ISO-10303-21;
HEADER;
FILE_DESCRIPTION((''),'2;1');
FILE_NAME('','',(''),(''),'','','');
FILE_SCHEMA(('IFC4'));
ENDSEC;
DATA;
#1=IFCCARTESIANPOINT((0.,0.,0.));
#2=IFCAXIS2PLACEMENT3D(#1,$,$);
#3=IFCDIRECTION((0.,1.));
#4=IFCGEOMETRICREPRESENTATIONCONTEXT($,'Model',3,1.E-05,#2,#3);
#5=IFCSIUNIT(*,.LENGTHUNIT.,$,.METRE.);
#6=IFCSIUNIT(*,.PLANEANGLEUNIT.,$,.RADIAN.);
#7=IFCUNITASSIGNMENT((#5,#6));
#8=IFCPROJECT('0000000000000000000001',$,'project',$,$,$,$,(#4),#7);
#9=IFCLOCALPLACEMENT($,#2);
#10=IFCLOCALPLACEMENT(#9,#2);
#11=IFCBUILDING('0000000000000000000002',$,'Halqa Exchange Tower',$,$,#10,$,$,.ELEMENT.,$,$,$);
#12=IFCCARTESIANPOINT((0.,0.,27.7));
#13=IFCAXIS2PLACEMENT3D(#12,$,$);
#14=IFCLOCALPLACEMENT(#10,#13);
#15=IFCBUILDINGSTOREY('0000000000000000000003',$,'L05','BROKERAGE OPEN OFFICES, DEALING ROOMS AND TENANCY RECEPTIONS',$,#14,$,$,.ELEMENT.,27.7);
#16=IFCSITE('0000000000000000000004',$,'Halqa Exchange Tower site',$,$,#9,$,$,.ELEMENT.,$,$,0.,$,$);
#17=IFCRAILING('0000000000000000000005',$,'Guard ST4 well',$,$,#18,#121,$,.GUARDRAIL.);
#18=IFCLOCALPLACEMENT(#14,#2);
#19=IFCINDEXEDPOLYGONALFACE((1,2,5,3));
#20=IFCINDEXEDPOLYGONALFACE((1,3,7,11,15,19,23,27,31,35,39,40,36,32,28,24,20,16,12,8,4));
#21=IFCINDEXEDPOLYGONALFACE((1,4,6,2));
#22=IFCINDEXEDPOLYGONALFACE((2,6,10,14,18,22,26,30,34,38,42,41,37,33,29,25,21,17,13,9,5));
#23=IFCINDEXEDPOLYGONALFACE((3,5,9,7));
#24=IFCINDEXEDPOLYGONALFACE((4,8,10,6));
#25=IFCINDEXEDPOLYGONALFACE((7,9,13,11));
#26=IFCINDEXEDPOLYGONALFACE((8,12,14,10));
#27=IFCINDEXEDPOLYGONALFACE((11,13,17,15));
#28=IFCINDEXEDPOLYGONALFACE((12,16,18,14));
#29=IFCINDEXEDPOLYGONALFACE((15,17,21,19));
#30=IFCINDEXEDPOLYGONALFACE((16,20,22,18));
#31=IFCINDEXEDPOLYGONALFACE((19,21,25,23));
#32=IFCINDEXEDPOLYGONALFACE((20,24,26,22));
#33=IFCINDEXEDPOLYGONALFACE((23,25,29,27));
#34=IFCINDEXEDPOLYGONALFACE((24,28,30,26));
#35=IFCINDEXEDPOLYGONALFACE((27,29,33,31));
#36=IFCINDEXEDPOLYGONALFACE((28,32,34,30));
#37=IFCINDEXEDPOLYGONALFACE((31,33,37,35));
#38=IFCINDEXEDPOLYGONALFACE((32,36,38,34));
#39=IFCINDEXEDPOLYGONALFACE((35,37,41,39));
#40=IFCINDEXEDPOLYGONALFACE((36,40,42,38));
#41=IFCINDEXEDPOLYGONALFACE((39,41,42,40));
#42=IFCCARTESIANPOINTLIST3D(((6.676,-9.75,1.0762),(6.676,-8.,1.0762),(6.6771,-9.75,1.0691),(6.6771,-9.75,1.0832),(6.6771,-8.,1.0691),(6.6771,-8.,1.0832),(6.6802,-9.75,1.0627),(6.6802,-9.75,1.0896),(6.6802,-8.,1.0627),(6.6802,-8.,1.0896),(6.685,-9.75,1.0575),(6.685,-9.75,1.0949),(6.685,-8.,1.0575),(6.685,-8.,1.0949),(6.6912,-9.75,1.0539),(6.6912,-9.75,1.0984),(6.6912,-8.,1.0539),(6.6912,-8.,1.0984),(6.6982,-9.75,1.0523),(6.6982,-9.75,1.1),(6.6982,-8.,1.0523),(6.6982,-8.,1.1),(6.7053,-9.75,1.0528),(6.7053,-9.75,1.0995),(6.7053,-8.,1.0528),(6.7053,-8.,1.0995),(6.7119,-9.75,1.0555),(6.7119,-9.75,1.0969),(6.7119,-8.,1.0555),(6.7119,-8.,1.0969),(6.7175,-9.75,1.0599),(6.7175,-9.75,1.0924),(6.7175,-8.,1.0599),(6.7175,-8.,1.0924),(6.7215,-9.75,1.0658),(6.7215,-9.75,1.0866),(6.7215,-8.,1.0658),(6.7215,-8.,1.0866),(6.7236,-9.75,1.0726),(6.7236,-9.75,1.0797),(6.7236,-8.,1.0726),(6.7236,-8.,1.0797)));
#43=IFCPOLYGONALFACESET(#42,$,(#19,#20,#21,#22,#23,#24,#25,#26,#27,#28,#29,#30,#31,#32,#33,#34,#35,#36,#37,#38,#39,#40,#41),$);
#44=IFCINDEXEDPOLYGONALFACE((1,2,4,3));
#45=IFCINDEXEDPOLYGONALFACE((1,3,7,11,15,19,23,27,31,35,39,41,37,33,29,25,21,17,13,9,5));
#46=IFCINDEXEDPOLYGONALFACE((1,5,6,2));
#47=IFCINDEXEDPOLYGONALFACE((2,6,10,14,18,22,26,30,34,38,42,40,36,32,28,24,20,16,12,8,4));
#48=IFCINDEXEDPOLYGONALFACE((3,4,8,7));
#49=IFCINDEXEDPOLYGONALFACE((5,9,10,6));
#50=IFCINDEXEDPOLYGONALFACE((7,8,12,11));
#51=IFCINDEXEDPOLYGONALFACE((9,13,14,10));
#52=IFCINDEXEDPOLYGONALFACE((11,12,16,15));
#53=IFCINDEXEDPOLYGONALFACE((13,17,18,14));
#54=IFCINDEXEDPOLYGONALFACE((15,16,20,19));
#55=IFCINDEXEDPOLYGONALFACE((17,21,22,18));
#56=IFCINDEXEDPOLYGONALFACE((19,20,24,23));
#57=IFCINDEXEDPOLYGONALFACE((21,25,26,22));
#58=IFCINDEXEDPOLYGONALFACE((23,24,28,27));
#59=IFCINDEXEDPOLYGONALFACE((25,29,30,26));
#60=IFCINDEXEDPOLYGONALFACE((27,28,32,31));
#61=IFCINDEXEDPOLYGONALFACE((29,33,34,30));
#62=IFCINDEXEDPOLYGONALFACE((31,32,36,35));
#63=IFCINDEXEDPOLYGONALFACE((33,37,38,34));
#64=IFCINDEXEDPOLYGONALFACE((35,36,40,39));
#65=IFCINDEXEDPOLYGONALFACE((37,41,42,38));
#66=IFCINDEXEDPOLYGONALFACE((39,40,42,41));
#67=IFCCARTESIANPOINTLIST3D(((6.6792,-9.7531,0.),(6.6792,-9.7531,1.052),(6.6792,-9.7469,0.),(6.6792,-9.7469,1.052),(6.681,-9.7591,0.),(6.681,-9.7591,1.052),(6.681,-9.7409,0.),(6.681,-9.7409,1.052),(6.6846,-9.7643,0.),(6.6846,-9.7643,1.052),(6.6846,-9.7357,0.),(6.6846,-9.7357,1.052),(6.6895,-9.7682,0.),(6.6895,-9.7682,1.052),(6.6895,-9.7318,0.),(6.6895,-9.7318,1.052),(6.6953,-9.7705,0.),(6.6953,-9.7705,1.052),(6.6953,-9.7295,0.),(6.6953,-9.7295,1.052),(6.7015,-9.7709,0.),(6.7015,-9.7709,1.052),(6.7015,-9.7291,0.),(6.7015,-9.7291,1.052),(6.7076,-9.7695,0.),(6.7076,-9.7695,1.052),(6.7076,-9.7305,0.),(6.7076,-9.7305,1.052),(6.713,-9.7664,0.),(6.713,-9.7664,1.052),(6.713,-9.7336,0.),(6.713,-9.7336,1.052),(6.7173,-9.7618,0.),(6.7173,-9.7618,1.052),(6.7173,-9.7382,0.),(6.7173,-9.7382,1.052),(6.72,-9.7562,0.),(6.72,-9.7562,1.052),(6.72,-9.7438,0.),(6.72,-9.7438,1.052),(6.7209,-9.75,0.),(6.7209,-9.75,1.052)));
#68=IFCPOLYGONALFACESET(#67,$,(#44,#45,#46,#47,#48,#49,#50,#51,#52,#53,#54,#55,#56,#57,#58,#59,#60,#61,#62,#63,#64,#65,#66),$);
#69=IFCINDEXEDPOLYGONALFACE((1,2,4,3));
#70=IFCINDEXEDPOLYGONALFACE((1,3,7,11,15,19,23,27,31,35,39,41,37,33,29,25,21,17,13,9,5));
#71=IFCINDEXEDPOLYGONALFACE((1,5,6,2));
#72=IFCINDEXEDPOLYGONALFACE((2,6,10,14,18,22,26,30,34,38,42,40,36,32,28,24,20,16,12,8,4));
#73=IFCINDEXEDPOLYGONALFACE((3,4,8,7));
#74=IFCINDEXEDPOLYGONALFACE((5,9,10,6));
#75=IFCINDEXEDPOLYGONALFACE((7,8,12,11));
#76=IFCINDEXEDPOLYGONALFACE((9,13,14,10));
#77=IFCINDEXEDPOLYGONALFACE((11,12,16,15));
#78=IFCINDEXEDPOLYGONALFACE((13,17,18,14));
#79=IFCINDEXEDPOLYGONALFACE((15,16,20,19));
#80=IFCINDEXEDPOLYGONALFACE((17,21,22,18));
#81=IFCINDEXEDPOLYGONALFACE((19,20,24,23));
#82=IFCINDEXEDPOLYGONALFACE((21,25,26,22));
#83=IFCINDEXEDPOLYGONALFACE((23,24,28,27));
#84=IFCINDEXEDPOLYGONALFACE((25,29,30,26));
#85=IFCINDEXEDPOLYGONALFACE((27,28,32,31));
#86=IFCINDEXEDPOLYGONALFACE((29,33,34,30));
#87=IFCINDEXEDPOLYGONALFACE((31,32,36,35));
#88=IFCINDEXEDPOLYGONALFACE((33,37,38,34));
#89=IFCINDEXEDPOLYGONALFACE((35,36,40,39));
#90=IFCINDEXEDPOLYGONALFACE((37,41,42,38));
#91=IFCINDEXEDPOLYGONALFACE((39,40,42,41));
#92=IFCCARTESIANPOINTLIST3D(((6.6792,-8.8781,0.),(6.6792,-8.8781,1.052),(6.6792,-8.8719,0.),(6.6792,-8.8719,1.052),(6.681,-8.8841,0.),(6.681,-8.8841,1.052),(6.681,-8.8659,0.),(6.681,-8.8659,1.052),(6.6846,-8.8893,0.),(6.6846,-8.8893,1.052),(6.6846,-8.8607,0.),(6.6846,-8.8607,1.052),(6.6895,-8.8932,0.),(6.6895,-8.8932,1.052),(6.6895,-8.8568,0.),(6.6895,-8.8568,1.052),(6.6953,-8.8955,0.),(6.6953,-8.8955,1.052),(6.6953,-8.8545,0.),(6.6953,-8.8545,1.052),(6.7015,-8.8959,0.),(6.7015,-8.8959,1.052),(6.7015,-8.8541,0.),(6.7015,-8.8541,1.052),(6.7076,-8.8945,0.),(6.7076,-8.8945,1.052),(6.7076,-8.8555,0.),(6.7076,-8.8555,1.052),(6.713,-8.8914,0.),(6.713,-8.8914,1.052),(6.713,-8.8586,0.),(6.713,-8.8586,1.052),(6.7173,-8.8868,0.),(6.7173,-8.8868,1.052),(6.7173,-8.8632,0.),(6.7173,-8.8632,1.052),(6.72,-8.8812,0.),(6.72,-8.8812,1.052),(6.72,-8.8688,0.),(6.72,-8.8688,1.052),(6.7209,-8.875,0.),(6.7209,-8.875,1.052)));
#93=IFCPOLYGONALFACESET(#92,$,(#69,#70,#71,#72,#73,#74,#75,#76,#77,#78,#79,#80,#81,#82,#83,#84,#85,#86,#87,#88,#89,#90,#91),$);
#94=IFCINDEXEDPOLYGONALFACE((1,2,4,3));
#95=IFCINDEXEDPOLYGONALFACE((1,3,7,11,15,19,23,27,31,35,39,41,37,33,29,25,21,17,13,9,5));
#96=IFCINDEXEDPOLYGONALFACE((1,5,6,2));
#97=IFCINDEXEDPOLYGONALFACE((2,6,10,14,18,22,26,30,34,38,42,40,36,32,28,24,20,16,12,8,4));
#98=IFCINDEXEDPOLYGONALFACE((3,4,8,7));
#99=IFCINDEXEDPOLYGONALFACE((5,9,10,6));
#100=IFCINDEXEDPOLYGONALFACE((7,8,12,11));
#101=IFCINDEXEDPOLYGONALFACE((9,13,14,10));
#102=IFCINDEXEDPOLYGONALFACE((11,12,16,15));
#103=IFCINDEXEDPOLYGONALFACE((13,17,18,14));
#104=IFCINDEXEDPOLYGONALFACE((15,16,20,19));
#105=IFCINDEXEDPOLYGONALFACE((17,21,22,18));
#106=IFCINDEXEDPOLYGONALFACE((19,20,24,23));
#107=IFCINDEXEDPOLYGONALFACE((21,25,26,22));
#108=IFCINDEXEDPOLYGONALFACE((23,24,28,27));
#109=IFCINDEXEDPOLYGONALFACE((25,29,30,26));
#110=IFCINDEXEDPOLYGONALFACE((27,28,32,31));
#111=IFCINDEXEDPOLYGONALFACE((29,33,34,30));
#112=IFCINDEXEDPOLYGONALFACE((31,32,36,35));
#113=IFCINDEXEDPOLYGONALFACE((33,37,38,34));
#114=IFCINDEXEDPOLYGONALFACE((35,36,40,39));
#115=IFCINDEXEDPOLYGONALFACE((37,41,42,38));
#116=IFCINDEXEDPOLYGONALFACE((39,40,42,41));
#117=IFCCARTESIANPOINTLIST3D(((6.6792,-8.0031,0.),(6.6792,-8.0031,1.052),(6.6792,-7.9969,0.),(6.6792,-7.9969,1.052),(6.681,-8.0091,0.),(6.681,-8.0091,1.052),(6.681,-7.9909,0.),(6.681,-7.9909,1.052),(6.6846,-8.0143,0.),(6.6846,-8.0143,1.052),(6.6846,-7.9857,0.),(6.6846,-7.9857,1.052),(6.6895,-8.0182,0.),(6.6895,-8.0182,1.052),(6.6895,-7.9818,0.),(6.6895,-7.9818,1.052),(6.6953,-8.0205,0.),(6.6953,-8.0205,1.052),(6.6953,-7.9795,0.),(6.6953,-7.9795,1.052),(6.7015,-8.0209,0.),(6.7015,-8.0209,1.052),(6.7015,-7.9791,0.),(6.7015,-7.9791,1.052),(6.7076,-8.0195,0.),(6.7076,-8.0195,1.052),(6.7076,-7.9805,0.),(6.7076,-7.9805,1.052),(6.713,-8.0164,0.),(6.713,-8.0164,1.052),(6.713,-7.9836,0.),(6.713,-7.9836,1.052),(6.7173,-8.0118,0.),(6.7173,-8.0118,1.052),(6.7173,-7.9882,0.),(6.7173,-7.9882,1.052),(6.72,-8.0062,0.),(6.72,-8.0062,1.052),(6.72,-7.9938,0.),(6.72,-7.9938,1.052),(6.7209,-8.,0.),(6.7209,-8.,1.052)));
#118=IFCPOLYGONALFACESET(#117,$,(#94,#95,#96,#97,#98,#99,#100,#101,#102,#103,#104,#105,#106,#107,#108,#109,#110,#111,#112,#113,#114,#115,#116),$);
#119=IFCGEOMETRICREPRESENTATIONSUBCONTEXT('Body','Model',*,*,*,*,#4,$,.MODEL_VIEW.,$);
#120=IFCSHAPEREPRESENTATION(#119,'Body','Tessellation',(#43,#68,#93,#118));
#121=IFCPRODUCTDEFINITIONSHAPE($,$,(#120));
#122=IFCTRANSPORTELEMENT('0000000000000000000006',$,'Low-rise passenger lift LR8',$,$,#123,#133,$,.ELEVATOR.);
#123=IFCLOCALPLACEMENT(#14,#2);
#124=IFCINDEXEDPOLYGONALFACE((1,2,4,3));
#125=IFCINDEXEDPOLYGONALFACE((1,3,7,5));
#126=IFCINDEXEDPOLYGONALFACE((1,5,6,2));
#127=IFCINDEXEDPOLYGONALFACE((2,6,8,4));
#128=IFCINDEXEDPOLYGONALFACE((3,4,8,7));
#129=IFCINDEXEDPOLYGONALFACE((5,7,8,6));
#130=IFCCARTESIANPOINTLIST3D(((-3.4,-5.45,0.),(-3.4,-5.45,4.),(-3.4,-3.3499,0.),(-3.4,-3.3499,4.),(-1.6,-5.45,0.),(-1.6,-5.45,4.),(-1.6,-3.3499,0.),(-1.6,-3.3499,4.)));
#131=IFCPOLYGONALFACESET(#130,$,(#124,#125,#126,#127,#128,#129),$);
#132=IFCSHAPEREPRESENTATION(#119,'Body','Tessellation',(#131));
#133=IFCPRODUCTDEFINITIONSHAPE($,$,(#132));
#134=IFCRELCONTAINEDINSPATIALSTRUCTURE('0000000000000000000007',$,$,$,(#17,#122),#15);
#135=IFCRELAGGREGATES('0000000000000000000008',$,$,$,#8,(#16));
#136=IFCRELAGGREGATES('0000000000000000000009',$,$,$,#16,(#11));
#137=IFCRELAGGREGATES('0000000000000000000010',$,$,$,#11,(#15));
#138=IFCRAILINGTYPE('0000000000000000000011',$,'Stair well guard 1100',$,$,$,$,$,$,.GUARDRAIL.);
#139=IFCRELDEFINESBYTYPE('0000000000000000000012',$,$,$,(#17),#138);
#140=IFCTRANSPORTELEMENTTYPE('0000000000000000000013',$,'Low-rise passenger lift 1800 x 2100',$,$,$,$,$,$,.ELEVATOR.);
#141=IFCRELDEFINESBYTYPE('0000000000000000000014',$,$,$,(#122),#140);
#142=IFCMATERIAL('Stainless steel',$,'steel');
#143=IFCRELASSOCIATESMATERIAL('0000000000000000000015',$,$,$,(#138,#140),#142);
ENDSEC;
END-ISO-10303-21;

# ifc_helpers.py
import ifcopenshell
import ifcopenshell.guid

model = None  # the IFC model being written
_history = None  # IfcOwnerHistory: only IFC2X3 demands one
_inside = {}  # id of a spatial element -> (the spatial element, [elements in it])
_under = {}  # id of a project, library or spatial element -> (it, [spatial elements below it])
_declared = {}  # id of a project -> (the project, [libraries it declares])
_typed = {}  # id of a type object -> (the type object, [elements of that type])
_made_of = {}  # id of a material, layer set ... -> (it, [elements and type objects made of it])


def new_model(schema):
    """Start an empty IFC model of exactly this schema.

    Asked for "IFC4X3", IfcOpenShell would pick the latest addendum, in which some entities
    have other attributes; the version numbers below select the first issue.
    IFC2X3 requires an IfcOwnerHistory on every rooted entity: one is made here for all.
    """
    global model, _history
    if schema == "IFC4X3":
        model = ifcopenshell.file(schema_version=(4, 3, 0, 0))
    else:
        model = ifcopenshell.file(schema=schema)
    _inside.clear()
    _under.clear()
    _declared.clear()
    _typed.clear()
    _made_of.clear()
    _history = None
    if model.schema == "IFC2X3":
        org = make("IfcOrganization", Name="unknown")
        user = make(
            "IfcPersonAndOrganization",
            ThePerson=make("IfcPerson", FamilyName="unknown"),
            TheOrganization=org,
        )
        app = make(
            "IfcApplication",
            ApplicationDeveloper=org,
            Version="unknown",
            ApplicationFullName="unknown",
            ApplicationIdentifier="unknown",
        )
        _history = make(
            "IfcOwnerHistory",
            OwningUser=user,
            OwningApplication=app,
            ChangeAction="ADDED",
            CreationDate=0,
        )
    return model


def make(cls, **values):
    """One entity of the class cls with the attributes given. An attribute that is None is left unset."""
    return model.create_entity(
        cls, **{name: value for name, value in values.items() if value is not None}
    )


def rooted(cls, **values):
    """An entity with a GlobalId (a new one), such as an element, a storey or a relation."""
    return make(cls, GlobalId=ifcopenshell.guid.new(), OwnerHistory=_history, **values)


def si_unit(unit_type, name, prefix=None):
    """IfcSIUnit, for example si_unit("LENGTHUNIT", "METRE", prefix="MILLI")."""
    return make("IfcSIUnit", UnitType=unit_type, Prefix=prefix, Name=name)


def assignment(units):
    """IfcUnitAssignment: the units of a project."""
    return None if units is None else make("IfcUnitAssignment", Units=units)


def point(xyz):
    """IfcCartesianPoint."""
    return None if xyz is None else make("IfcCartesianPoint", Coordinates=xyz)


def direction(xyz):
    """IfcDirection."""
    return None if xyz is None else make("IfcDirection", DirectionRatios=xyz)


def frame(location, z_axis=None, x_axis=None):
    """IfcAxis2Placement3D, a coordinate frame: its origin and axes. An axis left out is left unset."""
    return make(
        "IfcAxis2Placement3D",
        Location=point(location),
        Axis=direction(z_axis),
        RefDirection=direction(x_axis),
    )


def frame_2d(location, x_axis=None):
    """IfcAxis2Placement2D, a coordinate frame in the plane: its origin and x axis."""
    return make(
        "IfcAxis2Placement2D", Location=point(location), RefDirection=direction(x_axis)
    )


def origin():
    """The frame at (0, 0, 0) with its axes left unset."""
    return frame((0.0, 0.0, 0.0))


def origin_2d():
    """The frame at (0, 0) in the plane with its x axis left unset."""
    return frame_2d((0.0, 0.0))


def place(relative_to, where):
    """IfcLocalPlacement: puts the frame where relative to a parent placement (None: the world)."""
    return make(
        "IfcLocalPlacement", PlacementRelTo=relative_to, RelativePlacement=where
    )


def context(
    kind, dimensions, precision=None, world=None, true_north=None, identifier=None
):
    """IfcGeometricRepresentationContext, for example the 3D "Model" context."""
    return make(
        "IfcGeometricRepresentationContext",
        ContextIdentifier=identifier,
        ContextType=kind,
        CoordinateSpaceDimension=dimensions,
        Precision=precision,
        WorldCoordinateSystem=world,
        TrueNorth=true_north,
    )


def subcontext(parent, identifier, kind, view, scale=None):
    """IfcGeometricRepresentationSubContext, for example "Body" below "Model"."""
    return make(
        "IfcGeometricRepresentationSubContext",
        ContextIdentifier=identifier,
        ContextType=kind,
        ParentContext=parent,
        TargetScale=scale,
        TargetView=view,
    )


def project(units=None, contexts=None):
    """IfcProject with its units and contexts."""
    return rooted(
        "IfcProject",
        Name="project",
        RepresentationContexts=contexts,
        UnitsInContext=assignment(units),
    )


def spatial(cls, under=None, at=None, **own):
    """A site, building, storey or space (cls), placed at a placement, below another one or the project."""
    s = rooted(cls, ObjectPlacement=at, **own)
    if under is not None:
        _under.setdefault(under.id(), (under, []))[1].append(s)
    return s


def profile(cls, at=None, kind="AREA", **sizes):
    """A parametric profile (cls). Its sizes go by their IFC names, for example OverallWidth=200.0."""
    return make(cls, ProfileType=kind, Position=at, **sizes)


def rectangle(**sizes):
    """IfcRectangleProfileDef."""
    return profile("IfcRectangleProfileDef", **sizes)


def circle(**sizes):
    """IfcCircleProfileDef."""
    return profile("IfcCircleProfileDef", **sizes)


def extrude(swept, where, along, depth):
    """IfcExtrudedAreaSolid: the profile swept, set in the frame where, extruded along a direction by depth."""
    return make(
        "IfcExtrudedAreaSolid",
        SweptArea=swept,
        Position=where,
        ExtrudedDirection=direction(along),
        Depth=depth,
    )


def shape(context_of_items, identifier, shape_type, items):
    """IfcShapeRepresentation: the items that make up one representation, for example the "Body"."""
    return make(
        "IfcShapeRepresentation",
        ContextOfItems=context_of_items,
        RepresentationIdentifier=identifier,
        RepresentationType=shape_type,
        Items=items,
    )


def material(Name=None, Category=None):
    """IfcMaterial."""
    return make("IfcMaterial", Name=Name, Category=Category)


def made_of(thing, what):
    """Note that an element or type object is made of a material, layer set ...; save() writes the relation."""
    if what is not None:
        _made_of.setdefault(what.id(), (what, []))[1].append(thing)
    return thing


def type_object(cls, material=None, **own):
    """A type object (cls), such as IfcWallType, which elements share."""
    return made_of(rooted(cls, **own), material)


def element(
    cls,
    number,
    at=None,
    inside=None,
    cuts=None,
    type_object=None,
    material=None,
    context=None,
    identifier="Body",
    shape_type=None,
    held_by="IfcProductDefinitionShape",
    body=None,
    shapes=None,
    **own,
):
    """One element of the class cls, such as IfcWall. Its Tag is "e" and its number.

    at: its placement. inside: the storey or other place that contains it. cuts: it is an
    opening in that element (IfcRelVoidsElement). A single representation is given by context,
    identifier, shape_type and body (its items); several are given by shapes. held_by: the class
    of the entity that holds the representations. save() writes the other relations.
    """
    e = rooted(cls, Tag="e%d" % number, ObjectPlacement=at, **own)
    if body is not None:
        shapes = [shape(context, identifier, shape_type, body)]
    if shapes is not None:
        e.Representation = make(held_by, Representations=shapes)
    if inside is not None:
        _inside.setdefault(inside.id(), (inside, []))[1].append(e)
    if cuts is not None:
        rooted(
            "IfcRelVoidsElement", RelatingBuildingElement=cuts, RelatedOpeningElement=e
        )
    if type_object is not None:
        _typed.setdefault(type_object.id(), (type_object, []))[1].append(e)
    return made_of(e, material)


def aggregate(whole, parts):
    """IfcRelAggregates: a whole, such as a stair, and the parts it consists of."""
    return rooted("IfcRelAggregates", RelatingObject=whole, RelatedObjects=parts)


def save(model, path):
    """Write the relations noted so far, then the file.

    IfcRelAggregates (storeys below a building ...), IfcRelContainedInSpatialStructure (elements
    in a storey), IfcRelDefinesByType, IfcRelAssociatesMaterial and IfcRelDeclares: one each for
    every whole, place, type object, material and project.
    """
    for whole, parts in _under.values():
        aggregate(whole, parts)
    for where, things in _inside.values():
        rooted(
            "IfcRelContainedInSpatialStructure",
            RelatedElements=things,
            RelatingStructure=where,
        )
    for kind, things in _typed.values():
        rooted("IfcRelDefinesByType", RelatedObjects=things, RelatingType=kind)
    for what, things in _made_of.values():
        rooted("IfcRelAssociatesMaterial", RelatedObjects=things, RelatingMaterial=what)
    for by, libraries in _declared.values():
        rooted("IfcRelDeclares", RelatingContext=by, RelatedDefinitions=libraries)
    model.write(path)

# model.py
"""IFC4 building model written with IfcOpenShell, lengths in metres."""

from ifc_helpers import new_model, si_unit, direction, frame, origin, origin_2d, place, context, subcontext, project, spatial, rectangle, circle, extrude, material, type_object, element, save


model = new_model("IFC4")

# Units and contexts
model_context = context("Model", 3, precision=1e-05, world=origin(), true_north=direction((0.0, 1.0)))
body_context = subcontext(model_context, "Body", "Model", "MODEL_VIEW")
ifc_project = project(units=[si_unit("LENGTHUNIT", "METRE"), si_unit("PLANEANGLEUNIT", "RADIAN")], contexts=[model_context])

# Site, building, storey
site_placement = place(None, origin())
site = spatial("IfcSite", under=ifc_project, at=site_placement, Name="Halqa Exchange Tower site", CompositionType="ELEMENT", RefElevation=0.0)
building_placement = place(site_placement, origin())
building = spatial("IfcBuilding", under=site, at=building_placement, Name="Halqa Exchange Tower", CompositionType="ELEMENT")
storey_placement = place(building_placement, frame((0.0, 0.0, 27.7)))
storey = spatial("IfcBuildingStorey", under=building, at=storey_placement, Name="L05", Description="BROKERAGE OPEN OFFICES, DEALING ROOMS AND TENANCY RECEPTIONS", CompositionType="ELEMENT", Elevation=27.7)

# Railing
ifc_material_1 = material(Name="Stainless steel", Category="steel")
railing_type_1 = type_object("IfcRailingType", Name="Stair well guard 1100", PredefinedType="GUARDRAIL", material=ifc_material_1)
railing_1_placement = place(storey_placement, frame((6.7, -9.75, 0.0)))
element("IfcRailing", 1, at=railing_1_placement, inside=storey, type_object=railing_type_1, Name="Guard ST4 well", PredefinedType="GUARDRAIL", context=body_context, shape_type="SweptSolid", body=[
    extrude(circle(Radius=0.0239, at=origin_2d()), frame((0.0, 0.0, 1.0762), z_axis=(0.0, 1.0, 0.0), x_axis=(-1.0, 0.0, 0.0)), (0.0, 0.0, 1.0), 1.75),
    extrude(circle(Radius=0.021, at=origin_2d()), origin(), (0.0, 0.0, 1.0), 1.052),
    extrude(circle(Radius=0.021, at=origin_2d()), frame((0.0, 0.875, 0.0)), (0.0, 0.0, 1.0), 1.052),
    extrude(circle(Radius=0.021, at=origin_2d()), frame((0.0, 1.75, 0.0)), (0.0, 0.0, 1.0), 1.052),
])

# Transport element
transport_element_type = type_object("IfcTransportElementType", Name="Low-rise passenger lift 1800 x 2100", PredefinedType="ELEVATOR", material=ifc_material_1)
transport_element_placement = place(storey_placement, frame((-2.5, -4.3999, 0.0), z_axis=(0.0, 0.0, 1.0), x_axis=(1.0, 0.0, 0.0)))
element("IfcTransportElement", 2, at=transport_element_placement, inside=storey, type_object=transport_element_type, Name="Low-rise passenger lift LR8", PredefinedType="ELEVATOR", context=body_context, shape_type="SweptSolid", body=[
    extrude(rectangle(XDim=1.8, YDim=2.1001, at=origin_2d()), origin(), (0.0, 0.0, 1.0), 4.0),
])

save(model, "model.ifc")
